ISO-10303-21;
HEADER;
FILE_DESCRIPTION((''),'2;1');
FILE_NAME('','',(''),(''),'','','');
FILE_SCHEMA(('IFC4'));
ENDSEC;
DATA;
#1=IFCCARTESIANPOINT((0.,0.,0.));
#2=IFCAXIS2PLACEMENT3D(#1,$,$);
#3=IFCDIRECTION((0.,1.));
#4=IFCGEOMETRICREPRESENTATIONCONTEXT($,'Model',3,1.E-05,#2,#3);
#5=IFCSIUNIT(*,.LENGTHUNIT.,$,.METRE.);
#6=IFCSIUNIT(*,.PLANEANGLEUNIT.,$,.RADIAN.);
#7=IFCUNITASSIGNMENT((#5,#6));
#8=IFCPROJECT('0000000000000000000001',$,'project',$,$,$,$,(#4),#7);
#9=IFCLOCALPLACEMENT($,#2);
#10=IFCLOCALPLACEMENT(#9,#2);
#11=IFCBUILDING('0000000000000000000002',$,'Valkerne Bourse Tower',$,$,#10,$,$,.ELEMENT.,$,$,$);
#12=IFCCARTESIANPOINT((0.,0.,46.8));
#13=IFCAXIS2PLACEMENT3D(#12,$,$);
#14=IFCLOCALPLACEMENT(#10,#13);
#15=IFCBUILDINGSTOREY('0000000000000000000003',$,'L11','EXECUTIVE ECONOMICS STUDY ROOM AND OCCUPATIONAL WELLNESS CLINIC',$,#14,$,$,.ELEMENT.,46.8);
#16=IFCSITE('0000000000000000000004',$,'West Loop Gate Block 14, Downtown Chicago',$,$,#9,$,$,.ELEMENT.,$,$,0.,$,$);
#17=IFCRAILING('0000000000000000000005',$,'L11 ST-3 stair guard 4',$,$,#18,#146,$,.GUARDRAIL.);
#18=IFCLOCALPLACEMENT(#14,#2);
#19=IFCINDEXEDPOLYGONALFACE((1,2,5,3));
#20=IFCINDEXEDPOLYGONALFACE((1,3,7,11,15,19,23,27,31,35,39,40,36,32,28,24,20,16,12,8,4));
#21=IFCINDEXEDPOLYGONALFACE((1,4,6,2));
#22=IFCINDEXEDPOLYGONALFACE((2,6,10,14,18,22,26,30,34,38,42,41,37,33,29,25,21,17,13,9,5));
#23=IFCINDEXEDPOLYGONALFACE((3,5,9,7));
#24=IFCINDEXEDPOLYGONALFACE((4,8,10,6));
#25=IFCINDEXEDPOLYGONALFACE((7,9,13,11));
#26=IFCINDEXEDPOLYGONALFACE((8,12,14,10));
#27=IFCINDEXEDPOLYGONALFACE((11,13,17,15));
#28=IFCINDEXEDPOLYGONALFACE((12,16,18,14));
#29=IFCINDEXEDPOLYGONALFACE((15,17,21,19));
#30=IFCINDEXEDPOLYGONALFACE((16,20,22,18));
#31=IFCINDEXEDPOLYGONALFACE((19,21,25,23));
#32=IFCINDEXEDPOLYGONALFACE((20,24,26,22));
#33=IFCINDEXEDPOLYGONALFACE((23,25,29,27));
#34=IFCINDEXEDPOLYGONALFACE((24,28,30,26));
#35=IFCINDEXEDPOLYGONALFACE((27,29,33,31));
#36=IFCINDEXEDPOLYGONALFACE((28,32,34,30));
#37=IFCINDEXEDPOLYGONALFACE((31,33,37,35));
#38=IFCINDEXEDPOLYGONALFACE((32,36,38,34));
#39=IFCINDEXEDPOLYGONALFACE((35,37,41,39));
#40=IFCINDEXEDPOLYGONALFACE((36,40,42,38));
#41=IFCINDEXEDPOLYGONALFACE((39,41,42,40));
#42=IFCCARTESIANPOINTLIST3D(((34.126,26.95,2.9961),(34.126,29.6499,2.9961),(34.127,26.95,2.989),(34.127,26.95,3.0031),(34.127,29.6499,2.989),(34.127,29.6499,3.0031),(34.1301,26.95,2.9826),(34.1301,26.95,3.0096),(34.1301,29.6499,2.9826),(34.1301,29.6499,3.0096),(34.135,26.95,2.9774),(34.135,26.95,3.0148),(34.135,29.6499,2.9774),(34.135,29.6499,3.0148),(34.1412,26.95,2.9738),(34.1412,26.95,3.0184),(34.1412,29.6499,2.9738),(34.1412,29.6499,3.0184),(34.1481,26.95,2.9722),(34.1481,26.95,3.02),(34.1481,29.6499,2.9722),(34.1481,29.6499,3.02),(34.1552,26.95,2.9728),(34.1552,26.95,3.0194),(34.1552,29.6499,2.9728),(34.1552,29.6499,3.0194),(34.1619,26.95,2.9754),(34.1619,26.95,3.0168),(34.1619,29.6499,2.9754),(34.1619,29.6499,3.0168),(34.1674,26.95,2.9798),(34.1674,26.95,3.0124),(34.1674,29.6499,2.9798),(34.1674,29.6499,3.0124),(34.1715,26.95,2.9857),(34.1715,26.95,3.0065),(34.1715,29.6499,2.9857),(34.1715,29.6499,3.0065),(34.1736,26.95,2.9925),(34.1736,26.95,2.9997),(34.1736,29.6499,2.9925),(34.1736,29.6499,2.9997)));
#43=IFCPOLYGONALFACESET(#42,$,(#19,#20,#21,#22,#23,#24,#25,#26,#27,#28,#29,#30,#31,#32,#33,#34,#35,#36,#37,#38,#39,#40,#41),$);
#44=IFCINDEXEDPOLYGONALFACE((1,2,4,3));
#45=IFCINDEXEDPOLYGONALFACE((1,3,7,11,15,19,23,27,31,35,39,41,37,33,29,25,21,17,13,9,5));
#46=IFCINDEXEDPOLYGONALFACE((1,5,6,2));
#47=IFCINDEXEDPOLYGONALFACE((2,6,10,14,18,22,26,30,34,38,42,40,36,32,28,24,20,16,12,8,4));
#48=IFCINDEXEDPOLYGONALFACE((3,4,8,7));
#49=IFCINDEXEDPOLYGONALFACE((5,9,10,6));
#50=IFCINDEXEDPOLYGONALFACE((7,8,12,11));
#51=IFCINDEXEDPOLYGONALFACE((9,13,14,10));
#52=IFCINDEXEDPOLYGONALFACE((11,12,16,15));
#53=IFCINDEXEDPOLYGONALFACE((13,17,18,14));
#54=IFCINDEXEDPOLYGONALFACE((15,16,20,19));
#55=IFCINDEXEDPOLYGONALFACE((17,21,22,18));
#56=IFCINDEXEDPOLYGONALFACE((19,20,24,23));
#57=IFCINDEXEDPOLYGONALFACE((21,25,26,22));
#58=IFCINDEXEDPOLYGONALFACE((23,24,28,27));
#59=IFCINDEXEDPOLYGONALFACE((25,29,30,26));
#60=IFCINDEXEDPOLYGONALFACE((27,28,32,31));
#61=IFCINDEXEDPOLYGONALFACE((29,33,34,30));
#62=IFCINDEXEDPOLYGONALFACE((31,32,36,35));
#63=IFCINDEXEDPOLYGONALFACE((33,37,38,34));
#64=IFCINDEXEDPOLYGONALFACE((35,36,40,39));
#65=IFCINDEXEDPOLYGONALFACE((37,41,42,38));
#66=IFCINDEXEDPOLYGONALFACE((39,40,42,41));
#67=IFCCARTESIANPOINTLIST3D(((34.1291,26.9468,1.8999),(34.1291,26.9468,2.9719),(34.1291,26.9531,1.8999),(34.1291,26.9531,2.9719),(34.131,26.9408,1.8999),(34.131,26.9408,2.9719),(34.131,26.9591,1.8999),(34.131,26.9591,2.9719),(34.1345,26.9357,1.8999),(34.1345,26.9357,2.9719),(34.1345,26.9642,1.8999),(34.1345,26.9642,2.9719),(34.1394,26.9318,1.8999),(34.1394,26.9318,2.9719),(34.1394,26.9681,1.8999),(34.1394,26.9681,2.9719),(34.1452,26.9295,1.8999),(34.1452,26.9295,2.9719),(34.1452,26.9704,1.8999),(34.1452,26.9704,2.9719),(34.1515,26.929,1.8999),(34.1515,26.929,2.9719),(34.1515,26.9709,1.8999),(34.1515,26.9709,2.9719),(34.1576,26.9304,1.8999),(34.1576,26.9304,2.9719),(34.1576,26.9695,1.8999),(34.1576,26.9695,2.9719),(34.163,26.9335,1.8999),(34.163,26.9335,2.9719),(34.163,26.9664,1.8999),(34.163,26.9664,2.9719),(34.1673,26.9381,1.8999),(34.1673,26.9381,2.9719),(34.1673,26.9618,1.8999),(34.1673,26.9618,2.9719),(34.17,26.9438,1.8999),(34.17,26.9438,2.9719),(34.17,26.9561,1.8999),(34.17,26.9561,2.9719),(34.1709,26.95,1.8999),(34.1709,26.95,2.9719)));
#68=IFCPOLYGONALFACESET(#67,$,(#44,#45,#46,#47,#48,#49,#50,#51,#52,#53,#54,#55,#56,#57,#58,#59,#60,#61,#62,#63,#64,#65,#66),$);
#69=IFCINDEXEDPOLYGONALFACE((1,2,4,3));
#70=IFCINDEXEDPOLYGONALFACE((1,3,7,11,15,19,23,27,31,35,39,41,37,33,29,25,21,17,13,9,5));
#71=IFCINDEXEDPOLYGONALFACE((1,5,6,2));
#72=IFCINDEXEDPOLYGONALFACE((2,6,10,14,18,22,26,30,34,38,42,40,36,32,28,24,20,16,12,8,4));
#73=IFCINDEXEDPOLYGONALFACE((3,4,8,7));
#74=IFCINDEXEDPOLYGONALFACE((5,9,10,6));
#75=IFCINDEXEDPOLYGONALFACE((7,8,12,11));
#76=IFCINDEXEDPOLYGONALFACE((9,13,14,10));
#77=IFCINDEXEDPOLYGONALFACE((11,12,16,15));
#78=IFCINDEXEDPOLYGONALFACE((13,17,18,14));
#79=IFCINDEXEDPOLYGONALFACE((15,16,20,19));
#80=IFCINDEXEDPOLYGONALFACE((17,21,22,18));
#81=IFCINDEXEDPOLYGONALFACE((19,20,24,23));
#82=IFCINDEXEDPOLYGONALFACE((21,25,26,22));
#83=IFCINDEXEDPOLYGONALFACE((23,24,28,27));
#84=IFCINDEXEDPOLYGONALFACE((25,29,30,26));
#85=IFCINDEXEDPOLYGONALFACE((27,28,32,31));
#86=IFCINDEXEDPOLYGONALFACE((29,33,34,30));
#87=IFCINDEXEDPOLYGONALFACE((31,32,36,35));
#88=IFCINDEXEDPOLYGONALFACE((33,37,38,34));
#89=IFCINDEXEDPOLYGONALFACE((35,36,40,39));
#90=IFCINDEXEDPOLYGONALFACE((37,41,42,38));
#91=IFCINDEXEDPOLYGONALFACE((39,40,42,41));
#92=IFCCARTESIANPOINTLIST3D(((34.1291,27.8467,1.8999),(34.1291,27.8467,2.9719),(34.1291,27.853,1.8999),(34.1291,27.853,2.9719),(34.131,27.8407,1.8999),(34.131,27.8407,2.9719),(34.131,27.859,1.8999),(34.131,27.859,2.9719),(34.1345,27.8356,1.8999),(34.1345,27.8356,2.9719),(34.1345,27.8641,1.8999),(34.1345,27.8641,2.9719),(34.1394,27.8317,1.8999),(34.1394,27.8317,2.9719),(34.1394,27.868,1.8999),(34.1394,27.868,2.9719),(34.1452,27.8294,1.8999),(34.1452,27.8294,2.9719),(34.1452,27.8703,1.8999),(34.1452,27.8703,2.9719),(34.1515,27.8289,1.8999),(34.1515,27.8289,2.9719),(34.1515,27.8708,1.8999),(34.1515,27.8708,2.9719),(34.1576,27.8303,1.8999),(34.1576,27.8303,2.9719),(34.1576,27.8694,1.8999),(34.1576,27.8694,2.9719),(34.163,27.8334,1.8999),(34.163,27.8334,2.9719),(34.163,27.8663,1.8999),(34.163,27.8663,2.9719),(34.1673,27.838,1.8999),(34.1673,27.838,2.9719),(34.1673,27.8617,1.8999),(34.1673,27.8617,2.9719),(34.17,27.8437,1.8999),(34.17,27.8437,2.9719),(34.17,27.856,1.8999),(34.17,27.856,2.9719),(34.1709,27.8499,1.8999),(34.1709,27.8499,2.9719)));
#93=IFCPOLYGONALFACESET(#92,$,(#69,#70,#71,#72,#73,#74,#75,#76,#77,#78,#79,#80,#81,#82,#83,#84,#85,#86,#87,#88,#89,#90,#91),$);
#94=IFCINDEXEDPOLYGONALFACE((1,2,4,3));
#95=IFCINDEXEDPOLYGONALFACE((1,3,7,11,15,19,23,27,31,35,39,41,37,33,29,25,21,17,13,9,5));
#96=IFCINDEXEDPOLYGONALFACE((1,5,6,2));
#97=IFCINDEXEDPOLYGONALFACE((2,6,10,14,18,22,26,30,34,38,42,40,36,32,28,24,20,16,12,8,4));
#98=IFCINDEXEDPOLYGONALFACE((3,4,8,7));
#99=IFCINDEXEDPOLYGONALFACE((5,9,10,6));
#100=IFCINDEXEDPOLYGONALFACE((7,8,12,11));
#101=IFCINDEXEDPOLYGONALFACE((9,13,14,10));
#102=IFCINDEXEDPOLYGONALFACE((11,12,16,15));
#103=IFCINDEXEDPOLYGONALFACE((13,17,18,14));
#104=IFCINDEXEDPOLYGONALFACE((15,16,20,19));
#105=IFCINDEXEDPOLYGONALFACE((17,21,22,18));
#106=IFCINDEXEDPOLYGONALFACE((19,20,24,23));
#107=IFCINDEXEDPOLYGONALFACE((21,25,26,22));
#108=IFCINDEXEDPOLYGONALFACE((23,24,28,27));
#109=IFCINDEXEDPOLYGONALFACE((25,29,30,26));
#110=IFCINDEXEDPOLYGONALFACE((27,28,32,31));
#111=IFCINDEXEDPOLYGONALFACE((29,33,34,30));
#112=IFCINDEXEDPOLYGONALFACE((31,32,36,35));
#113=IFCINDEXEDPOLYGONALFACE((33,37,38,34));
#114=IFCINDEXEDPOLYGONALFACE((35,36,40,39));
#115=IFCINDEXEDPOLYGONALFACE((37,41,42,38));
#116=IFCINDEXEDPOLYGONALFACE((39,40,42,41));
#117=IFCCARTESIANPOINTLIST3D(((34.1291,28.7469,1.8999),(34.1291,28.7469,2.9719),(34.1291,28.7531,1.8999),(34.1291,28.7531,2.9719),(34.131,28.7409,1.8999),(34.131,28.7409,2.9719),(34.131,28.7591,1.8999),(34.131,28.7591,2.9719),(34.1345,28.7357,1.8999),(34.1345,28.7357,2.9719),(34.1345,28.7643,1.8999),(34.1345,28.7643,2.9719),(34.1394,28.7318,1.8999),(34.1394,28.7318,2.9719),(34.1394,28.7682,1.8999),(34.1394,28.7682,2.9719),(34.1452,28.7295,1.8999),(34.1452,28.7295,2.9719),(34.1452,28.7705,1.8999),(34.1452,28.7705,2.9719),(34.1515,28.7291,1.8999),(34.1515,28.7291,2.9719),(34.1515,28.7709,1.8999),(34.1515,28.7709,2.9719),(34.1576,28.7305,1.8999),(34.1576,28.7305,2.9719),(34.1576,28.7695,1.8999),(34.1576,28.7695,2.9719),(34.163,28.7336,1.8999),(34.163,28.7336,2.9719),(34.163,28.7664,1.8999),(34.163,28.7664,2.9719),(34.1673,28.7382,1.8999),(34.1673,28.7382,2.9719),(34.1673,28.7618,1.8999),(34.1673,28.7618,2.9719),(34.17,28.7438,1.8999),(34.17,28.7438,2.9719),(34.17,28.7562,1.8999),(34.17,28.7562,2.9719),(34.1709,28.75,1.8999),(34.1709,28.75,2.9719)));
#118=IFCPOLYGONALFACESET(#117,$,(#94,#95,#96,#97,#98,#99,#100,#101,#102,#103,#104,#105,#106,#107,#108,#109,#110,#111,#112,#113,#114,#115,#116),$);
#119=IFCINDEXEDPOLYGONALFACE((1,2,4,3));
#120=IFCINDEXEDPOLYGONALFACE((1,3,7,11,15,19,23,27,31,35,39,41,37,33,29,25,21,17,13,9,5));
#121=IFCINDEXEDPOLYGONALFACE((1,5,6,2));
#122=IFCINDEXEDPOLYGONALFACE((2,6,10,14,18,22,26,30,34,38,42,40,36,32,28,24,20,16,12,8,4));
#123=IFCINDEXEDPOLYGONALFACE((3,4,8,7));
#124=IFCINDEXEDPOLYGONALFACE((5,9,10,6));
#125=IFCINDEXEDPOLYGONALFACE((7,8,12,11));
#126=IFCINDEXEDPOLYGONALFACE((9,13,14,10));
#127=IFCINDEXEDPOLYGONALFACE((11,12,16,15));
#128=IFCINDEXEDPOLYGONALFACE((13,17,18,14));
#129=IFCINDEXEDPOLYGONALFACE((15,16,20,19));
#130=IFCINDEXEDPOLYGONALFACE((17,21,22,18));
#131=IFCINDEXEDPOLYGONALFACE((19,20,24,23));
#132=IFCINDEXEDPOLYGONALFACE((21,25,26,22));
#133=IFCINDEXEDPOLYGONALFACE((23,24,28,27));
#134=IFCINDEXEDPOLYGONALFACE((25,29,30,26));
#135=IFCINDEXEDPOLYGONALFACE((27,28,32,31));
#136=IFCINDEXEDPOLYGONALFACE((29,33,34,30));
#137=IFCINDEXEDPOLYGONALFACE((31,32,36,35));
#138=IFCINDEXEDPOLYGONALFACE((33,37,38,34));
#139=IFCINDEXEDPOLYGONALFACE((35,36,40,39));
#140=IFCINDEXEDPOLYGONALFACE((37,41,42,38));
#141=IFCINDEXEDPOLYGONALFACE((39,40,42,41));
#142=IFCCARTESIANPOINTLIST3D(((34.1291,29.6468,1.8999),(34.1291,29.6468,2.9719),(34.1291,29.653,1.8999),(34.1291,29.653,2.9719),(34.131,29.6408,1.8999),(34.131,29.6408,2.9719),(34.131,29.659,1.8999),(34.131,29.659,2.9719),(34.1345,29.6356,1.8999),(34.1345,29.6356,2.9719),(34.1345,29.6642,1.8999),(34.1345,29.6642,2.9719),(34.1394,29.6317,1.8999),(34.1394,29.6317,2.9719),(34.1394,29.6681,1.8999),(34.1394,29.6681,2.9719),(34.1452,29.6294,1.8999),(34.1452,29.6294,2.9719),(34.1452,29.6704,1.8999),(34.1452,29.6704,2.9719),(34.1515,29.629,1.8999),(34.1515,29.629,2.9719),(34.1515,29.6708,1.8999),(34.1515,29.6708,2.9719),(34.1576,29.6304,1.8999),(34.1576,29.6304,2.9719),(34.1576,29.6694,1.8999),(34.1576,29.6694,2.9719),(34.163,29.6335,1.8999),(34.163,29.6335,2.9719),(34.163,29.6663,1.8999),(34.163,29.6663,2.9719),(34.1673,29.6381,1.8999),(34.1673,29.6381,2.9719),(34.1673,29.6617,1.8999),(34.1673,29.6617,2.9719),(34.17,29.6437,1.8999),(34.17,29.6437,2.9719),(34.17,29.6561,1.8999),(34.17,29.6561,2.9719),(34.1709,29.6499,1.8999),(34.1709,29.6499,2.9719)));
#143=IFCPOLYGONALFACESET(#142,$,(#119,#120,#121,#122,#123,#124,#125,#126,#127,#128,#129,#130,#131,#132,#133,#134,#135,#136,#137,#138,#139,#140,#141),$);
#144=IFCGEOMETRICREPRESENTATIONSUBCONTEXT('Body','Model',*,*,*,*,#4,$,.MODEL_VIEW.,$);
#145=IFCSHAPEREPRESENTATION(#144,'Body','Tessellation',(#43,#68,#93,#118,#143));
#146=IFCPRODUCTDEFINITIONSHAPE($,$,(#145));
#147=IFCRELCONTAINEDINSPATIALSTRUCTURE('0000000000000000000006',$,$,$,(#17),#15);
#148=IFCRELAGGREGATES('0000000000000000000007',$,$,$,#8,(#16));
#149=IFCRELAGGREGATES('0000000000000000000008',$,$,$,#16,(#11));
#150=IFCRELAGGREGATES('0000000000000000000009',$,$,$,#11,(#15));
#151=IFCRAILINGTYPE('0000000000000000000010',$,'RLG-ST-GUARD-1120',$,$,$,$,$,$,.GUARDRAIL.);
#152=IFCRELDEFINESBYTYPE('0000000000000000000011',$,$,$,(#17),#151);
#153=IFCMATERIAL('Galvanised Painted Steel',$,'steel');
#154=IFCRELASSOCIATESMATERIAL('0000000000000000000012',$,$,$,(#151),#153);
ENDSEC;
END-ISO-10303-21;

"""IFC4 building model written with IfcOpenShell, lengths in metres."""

from ifc_helpers import new_model, si_unit, direction, frame, origin, origin_2d, place, context, subcontext, project, spatial, circle, extrude, material, type_object, element, save


model = new_model("IFC4")

# Units and contexts
model_context = context("Model", 3, precision=1e-05, world=origin(), true_north=direction((0.0, 1.0)))
body_context = subcontext(model_context, "Body", "Model", "MODEL_VIEW")
ifc_project = project(units=[si_unit("LENGTHUNIT", "METRE"), si_unit("PLANEANGLEUNIT", "RADIAN")], contexts=[model_context])

# Site, building, storey
site_placement = place(None, origin())
site = spatial("IfcSite", under=ifc_project, at=site_placement, Name="West Loop Gate Block 14, Downtown Chicago", CompositionType="ELEMENT", RefElevation=0.0)
building_placement = place(site_placement, origin())
building = spatial("IfcBuilding", under=site, at=building_placement, Name="Valkerne Bourse Tower", CompositionType="ELEMENT")
storey_placement = place(building_placement, frame((0.0, 0.0, 46.8)))
storey = spatial("IfcBuildingStorey", under=building, at=storey_placement, Name="L11", Description="EXECUTIVE ECONOMICS STUDY ROOM AND OCCUPATIONAL WELLNESS CLINIC", CompositionType="ELEMENT", Elevation=46.8)

# Shared definitions
ifc_material_1 = material(Name="Galvanised Painted Steel", Category="steel")

# Railing
railing_type_1 = type_object("IfcRailingType", Name="RLG-ST-GUARD-1120", PredefinedType="GUARDRAIL", material=ifc_material_1)
for number, where, name in (
    (1, (34.1499, 26.95, 1.8999), "L11 ST-3 stair guard 4"),
):
    element("IfcRailing", number, at=place(storey_placement, frame(where)), inside=storey, type_object=railing_type_1, Name=name, PredefinedType="GUARDRAIL", context=body_context, shape_type="SweptSolid", body=[
        extrude(circle(Radius=0.0239, at=origin_2d()), frame((0.0, 0.0, 1.0962), z_axis=(0.0, 1.0, 0.0), x_axis=(-1.0, 0.0, 0.0)), (0.0, 0.0, 1.0), 2.7),
        extrude(circle(Radius=0.021, at=origin_2d()), origin(), (0.0, 0.0, 1.0), 1.072),
        extrude(circle(Radius=0.021, at=origin_2d()), frame((0.0, 0.8999, 0.0)), (0.0, 0.0, 1.0), 1.072),
        extrude(circle(Radius=0.021, at=origin_2d()), frame((0.0, 1.8, 0.0)), (0.0, 0.0, 1.0), 1.072),
        extrude(circle(Radius=0.021, at=origin_2d()), frame((0.0, 2.7, 0.0)), (0.0, 0.0, 1.0), 1.072),
    ])

save(model, "model.ifc")
